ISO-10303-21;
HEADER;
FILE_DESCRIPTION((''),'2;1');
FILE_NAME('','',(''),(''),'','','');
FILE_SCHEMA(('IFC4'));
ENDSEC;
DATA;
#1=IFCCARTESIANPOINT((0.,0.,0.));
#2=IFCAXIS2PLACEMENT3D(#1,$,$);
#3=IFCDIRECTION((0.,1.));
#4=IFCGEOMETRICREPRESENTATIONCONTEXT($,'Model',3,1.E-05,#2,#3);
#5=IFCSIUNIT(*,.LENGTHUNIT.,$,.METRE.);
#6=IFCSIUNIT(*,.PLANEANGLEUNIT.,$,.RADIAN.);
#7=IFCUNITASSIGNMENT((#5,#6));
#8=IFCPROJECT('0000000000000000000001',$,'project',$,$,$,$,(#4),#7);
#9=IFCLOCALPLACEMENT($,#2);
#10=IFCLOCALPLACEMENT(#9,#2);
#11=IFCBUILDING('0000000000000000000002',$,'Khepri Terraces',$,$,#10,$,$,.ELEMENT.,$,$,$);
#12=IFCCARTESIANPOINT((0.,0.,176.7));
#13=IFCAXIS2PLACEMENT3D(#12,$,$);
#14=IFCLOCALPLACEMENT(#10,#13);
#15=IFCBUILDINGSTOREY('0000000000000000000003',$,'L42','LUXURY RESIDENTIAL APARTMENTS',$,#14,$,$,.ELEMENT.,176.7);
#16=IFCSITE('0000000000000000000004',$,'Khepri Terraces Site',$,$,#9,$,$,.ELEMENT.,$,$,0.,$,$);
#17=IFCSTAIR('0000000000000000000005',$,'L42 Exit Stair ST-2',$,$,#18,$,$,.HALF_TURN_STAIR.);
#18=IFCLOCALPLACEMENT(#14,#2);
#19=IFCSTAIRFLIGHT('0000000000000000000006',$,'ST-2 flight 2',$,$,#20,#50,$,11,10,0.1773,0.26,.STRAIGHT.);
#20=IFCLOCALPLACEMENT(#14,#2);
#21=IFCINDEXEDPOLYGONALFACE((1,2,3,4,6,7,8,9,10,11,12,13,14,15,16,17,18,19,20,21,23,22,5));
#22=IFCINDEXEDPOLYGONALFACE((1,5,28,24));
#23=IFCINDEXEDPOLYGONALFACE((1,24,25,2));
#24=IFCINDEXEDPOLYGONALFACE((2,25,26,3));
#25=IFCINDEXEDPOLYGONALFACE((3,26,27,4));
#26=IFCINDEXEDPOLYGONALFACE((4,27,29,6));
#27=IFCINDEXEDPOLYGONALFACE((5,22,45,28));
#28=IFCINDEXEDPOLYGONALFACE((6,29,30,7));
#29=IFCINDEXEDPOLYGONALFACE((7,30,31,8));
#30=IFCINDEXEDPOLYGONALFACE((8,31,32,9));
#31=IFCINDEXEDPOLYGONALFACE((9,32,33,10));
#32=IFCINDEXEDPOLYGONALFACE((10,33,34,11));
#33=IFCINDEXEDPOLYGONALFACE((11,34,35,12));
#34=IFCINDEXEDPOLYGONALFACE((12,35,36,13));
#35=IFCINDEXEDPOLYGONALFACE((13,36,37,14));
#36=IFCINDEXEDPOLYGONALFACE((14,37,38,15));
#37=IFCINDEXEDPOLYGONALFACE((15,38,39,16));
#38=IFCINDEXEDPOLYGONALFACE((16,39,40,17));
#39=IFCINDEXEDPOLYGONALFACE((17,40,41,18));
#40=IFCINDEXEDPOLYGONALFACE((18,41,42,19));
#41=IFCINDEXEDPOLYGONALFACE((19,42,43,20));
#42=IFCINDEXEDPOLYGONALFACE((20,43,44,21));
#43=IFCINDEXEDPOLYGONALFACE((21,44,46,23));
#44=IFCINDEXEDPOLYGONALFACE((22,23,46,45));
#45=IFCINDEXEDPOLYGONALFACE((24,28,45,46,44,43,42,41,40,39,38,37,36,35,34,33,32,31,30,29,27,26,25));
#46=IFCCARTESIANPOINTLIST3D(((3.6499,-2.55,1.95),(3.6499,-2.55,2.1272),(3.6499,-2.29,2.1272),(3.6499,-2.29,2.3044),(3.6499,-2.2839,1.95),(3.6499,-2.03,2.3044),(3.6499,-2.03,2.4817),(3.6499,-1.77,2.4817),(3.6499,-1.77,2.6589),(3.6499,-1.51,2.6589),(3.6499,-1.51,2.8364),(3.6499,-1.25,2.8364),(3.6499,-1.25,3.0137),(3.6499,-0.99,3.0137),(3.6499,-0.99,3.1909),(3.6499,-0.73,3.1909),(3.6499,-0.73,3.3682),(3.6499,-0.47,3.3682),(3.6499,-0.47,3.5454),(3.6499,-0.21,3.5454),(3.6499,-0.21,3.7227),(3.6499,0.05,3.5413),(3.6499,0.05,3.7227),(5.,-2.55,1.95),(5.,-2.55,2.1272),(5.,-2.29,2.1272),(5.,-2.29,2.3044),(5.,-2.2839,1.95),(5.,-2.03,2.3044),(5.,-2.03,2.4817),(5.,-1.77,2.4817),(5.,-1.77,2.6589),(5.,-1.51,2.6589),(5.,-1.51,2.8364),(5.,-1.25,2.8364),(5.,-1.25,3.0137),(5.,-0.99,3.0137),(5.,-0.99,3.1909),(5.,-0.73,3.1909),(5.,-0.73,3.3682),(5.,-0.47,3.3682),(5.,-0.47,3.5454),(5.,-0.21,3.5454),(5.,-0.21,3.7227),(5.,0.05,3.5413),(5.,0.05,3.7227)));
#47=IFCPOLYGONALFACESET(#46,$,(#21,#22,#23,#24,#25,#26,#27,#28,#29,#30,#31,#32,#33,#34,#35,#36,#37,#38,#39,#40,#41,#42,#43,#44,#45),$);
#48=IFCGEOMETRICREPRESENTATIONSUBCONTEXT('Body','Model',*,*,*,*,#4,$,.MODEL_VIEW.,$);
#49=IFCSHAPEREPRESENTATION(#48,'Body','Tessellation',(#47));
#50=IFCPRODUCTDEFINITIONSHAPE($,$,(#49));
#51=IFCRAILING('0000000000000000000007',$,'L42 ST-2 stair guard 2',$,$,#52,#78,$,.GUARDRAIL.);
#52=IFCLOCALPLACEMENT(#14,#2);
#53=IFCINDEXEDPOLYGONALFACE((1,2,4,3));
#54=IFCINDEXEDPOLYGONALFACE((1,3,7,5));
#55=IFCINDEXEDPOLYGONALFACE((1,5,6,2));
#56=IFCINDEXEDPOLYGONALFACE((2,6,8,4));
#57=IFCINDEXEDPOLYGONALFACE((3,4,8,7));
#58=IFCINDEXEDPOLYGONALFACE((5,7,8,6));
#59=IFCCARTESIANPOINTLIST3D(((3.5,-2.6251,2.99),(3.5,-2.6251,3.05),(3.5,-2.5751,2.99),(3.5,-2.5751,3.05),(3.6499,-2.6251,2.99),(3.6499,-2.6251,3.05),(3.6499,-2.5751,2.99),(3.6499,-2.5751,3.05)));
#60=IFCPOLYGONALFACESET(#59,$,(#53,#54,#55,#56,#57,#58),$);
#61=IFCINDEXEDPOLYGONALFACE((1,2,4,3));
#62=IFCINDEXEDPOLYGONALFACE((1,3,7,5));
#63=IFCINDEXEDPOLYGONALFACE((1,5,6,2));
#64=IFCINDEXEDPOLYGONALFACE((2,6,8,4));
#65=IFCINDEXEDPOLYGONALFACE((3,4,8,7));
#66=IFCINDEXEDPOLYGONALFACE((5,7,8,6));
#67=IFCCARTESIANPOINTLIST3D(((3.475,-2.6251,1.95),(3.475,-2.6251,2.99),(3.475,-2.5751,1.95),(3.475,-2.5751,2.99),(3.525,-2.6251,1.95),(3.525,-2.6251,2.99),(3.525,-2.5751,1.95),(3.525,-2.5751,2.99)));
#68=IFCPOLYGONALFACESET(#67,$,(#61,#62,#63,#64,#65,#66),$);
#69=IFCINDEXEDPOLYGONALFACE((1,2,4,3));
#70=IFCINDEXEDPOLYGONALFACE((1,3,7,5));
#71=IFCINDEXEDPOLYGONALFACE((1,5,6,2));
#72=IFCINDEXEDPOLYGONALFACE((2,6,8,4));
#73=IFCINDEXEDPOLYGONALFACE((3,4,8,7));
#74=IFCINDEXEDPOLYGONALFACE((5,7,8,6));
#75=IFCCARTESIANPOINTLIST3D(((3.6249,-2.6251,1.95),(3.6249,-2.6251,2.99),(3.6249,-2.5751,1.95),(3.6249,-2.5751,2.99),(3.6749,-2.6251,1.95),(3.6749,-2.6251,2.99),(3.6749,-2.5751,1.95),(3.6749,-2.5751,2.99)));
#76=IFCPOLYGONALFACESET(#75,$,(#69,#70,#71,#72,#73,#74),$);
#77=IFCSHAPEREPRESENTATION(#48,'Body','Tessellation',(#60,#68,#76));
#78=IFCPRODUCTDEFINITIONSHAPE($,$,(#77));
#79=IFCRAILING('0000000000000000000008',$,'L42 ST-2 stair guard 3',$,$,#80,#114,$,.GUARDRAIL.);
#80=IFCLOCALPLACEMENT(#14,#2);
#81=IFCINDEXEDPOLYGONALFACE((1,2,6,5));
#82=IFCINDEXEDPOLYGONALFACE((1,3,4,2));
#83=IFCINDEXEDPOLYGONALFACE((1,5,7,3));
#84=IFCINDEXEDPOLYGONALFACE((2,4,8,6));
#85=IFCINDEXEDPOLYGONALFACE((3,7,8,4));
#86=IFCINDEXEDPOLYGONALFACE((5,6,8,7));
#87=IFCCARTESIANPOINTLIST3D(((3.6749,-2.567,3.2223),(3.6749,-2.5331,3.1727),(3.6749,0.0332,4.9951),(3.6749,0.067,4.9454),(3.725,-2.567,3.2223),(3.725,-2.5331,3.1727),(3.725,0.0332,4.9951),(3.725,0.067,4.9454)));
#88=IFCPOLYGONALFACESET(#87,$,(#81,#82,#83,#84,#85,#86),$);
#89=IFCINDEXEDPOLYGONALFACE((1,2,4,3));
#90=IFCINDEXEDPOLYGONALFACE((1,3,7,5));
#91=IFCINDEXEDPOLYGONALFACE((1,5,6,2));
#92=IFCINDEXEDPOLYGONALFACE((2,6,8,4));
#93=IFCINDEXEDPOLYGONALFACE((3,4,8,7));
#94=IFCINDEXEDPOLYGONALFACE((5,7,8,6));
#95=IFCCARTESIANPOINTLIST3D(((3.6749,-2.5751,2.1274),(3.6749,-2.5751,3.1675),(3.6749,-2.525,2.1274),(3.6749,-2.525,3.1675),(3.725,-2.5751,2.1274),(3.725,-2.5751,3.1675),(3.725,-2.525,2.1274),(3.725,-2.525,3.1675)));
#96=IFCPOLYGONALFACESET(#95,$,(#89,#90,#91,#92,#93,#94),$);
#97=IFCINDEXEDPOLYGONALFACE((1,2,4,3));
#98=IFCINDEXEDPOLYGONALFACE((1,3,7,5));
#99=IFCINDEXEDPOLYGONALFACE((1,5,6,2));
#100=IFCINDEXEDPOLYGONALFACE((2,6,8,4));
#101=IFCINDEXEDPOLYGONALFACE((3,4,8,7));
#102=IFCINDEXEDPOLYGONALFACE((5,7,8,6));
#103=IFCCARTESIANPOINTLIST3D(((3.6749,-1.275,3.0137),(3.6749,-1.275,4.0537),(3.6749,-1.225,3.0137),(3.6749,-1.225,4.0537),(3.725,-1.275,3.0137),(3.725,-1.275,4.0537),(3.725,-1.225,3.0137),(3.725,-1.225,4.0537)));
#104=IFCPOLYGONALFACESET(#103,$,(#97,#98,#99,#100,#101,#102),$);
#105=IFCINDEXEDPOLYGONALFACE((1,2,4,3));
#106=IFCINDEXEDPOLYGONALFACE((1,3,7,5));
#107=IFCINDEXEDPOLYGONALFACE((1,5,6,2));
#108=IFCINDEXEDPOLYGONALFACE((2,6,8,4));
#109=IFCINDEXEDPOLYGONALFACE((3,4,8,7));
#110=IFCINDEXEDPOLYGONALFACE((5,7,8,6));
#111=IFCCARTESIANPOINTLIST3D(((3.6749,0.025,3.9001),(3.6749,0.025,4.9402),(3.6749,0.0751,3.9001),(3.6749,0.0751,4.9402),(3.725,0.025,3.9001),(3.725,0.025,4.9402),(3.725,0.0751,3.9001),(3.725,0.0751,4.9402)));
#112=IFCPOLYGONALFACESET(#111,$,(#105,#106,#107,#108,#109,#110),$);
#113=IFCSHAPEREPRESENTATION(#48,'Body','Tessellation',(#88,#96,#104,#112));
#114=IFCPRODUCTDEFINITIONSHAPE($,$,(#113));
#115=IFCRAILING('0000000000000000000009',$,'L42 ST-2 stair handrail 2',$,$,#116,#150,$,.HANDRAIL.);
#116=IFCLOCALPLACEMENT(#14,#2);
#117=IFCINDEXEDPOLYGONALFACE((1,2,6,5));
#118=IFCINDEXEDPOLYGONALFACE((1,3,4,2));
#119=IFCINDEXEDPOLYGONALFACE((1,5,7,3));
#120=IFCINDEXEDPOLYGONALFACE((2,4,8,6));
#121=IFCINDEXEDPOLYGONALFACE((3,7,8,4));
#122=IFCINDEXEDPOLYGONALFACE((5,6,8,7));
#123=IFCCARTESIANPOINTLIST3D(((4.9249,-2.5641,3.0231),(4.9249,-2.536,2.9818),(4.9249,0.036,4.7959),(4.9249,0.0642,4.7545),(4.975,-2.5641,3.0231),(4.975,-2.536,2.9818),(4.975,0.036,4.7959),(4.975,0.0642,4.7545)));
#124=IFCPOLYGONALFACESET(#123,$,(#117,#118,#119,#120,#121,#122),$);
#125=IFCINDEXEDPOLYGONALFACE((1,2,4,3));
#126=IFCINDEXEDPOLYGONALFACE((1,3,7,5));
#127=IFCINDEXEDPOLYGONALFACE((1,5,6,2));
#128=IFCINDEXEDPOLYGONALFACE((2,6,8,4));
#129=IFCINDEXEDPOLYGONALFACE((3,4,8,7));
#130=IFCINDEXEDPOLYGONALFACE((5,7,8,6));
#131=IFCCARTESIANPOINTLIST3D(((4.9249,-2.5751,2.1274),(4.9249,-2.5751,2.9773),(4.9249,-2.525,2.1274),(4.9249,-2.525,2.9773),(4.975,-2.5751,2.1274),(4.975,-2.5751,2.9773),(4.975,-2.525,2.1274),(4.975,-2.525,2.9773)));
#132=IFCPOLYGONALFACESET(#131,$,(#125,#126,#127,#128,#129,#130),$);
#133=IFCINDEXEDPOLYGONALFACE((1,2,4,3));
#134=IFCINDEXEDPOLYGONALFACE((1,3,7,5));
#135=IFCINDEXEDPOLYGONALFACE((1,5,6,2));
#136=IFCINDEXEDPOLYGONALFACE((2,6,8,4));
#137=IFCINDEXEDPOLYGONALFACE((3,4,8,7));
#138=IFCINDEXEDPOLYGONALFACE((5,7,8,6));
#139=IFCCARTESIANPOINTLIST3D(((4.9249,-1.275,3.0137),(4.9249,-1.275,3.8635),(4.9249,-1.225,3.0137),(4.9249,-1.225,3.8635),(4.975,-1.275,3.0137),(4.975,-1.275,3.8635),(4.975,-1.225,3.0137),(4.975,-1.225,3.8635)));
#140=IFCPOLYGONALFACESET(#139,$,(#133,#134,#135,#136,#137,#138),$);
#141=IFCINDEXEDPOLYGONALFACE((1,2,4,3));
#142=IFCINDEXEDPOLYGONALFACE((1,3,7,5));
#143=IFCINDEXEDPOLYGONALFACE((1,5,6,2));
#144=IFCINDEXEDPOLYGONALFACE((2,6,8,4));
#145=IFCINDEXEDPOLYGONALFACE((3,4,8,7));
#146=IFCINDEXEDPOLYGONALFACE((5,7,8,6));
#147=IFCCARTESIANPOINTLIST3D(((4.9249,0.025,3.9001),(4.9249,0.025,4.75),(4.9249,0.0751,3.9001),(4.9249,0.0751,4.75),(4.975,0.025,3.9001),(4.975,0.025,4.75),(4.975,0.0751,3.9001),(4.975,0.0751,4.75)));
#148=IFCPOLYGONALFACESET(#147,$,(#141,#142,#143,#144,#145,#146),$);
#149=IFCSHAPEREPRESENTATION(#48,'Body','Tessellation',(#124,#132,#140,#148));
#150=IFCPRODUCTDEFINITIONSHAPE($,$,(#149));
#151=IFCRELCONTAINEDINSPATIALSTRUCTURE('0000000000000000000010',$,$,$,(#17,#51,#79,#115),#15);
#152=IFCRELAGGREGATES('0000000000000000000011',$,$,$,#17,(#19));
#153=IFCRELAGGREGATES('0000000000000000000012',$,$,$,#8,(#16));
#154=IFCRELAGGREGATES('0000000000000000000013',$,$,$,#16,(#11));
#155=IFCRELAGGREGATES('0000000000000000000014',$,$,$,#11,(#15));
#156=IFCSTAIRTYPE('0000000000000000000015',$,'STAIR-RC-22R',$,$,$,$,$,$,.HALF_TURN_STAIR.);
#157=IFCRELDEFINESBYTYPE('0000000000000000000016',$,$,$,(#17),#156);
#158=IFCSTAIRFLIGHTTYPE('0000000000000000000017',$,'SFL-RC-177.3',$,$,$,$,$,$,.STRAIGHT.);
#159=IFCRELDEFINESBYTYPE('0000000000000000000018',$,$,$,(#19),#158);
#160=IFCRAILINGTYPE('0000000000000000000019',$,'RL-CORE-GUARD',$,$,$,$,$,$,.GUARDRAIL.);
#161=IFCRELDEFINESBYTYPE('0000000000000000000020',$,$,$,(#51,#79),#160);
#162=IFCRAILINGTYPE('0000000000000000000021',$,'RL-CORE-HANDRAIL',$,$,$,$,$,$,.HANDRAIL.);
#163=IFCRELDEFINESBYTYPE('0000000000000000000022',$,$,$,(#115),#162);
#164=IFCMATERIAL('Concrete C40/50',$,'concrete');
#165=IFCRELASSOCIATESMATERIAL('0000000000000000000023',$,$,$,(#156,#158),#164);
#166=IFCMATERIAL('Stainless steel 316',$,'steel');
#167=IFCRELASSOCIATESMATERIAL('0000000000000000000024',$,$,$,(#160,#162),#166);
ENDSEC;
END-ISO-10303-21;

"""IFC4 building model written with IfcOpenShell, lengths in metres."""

from ifc_helpers import new_model, si_unit, direction, frame, origin, origin_2d, place, context, subcontext, project, spatial, polyline, rectangle, outline, extrude, material, type_object, element, aggregate, save


model = new_model("IFC4")

# Units and contexts
model_context = context("Model", 3, precision=1e-05, world=origin(), true_north=direction((0.0, 1.0)))
body_context = subcontext(model_context, "Body", "Model", "MODEL_VIEW")
ifc_project = project(units=[si_unit("LENGTHUNIT", "METRE"), si_unit("PLANEANGLEUNIT", "RADIAN")], contexts=[model_context])

# Site, building, storey
site_placement = place(None, origin())
site = spatial("IfcSite", under=ifc_project, at=site_placement, Name="Khepri Terraces Site", CompositionType="ELEMENT", RefElevation=0.0)
building_placement = place(site_placement, origin())
building = spatial("IfcBuilding", under=site, at=building_placement, Name="Khepri Terraces", CompositionType="ELEMENT")
storey_placement = place(building_placement, frame((0.0, 0.0, 176.7)))
storey = spatial("IfcBuildingStorey", under=building, at=storey_placement, Name="L42", Description="LUXURY RESIDENTIAL APARTMENTS", CompositionType="ELEMENT", Elevation=176.7)

# Shared definitions
ifc_material_1 = material(Name="Concrete C40/50", Category="concrete")

# Stair, stair flight
stair_type = type_object("IfcStairType", Name="STAIR-RC-22R", PredefinedType="HALF_TURN_STAIR", material=ifc_material_1)
stair_placement = place(storey_placement, origin())
stair = element("IfcStair", 1, at=stair_placement, inside=storey, type_object=stair_type, Name="L42 Exit Stair ST-2", PredefinedType="HALF_TURN_STAIR")
stair_flight_type = type_object("IfcStairFlightType", Name="SFL-RC-177.3", PredefinedType="STRAIGHT", material=ifc_material_1)
stair_flight_placement = place(storey_placement, frame((4.325, -2.55, 1.95), z_axis=(0.0, 0.0, 1.0), x_axis=(0.0, 1.0, 0.0)))
stair_flight = element("IfcStairFlight", 2, at=stair_flight_placement, type_object=stair_flight_type, Name="ST-2 flight 2", NumberOfRisers=11, NumberOfTreads=10, PredefinedType="STRAIGHT", RiserHeight=0.1773, TreadLength=0.26, context=body_context, shape_type="SweptSolid", body=[
    extrude(outline(polyline([(0.0, 0.0), (0.0, 0.1772), (0.26, 0.1772), (0.26, 0.3545), (0.52, 0.3545), (0.52, 0.5317), (0.78, 0.5317), (0.78, 0.709), (1.04, 0.709), (1.04, 0.8865), (1.3, 0.8865), (1.3, 1.0637), (1.5601, 1.0637), (1.5601, 1.241), (1.8201, 1.241), (1.8201, 1.4182), (2.0801, 1.4182), (2.0801, 1.5955), (2.3401, 1.5955), (2.3401, 1.7727), (2.6001, 1.7727), (2.6001, 1.95), (2.6001, 1.5913), (0.2661, 0.0), (0.0, 0.0)])), frame((0.0, 0.675, 0.0), z_axis=(0.0, -1.0, 0.0), x_axis=(1.0, 0.0, 0.0)), (0.0, 0.0, 1.0), 1.3501),
])
aggregate(stair, [stair_flight])

# Railings
ifc_material_2 = material(Name="Stainless steel 316", Category="steel")
railing_type_1 = type_object("IfcRailingType", Name="RL-CORE-GUARD", PredefinedType="GUARDRAIL", material=ifc_material_2)
railing_1_placement = place(storey_placement, frame((3.5, -2.6001, 1.95)))
element("IfcRailing", 3, at=railing_1_placement, inside=storey, type_object=railing_type_1, Name="L42 ST-2 stair guard 2", PredefinedType="GUARDRAIL", context=body_context, shape_type="SweptSolid", body=[
    extrude(rectangle(XDim=0.05, YDim=0.0601, at=origin_2d()), frame((0.0, 0.0, 1.0701), z_axis=(1.0, 0.0, 0.0), x_axis=(0.0, 1.0, 0.0)), (0.0, 0.0, 1.0), 0.1499),
    extrude(rectangle(XDim=0.05, YDim=0.05, at=origin_2d()), origin(), (0.0, 0.0, 1.0), 1.04),
    extrude(rectangle(XDim=0.05, YDim=0.05, at=origin_2d()), frame((0.1499, 0.0, 0.0)), (0.0, 0.0, 1.0), 1.04),
])
railing_2_placement = place(storey_placement, frame((3.7, -2.55, 2.1274)))
element("IfcRailing", 4, at=railing_2_placement, inside=storey, type_object=railing_type_1, Name="L42 ST-2 stair guard 3", PredefinedType="GUARDRAIL", context=body_context, shape_type="SweptSolid", body=[
    extrude(rectangle(XDim=0.05, YDim=0.0601, at=origin_2d()), frame((0.0, 0.0, 1.0701), z_axis=(0.0, 0.82624, 0.563318), x_axis=(-1.0, 0.0, 0.0)), (0.0, 0.0, 1.0), 3.147),
    extrude(rectangle(XDim=0.05, YDim=0.05, at=origin_2d()), origin(), (0.0, 0.0, 1.0), 1.04),
    extrude(rectangle(XDim=0.05, YDim=0.05, at=origin_2d()), frame((0.0, 1.3, 0.8862)), (0.0, 0.0, 1.0), 1.04),
    extrude(rectangle(XDim=0.05, YDim=0.05, at=origin_2d()), frame((0.0, 2.6001, 1.7727)), (0.0, 0.0, 1.0), 1.04),
])
railing_type_2 = type_object("IfcRailingType", Name="RL-CORE-HANDRAIL", PredefinedType="HANDRAIL", material=ifc_material_2)
railing_3_placement = place(storey_placement, frame((4.95, -2.55, 2.1274)))
element("IfcRailing", 5, at=railing_3_placement, inside=storey, type_object=railing_type_2, Name="L42 ST-2 stair handrail 2", PredefinedType="HANDRAIL", context=body_context, shape_type="SweptSolid", body=[
    extrude(rectangle(XDim=0.05, YDim=0.05, at=origin_2d()), frame((0.0, 0.0, 0.875), z_axis=(0.0, 0.82624, 0.563318), x_axis=(-1.0, 0.0, 0.0)), (0.0, 0.0, 1.0), 3.147),
    extrude(rectangle(XDim=0.05, YDim=0.05, at=origin_2d()), origin(), (0.0, 0.0, 1.0), 0.8499),
    extrude(rectangle(XDim=0.05, YDim=0.05, at=origin_2d()), frame((0.0, 1.3, 0.8862)), (0.0, 0.0, 1.0), 0.8499),
    extrude(rectangle(XDim=0.05, YDim=0.05, at=origin_2d()), frame((0.0, 2.6001, 1.7727)), (0.0, 0.0, 1.0), 0.8499),
])

save(model, "model.ifc")
